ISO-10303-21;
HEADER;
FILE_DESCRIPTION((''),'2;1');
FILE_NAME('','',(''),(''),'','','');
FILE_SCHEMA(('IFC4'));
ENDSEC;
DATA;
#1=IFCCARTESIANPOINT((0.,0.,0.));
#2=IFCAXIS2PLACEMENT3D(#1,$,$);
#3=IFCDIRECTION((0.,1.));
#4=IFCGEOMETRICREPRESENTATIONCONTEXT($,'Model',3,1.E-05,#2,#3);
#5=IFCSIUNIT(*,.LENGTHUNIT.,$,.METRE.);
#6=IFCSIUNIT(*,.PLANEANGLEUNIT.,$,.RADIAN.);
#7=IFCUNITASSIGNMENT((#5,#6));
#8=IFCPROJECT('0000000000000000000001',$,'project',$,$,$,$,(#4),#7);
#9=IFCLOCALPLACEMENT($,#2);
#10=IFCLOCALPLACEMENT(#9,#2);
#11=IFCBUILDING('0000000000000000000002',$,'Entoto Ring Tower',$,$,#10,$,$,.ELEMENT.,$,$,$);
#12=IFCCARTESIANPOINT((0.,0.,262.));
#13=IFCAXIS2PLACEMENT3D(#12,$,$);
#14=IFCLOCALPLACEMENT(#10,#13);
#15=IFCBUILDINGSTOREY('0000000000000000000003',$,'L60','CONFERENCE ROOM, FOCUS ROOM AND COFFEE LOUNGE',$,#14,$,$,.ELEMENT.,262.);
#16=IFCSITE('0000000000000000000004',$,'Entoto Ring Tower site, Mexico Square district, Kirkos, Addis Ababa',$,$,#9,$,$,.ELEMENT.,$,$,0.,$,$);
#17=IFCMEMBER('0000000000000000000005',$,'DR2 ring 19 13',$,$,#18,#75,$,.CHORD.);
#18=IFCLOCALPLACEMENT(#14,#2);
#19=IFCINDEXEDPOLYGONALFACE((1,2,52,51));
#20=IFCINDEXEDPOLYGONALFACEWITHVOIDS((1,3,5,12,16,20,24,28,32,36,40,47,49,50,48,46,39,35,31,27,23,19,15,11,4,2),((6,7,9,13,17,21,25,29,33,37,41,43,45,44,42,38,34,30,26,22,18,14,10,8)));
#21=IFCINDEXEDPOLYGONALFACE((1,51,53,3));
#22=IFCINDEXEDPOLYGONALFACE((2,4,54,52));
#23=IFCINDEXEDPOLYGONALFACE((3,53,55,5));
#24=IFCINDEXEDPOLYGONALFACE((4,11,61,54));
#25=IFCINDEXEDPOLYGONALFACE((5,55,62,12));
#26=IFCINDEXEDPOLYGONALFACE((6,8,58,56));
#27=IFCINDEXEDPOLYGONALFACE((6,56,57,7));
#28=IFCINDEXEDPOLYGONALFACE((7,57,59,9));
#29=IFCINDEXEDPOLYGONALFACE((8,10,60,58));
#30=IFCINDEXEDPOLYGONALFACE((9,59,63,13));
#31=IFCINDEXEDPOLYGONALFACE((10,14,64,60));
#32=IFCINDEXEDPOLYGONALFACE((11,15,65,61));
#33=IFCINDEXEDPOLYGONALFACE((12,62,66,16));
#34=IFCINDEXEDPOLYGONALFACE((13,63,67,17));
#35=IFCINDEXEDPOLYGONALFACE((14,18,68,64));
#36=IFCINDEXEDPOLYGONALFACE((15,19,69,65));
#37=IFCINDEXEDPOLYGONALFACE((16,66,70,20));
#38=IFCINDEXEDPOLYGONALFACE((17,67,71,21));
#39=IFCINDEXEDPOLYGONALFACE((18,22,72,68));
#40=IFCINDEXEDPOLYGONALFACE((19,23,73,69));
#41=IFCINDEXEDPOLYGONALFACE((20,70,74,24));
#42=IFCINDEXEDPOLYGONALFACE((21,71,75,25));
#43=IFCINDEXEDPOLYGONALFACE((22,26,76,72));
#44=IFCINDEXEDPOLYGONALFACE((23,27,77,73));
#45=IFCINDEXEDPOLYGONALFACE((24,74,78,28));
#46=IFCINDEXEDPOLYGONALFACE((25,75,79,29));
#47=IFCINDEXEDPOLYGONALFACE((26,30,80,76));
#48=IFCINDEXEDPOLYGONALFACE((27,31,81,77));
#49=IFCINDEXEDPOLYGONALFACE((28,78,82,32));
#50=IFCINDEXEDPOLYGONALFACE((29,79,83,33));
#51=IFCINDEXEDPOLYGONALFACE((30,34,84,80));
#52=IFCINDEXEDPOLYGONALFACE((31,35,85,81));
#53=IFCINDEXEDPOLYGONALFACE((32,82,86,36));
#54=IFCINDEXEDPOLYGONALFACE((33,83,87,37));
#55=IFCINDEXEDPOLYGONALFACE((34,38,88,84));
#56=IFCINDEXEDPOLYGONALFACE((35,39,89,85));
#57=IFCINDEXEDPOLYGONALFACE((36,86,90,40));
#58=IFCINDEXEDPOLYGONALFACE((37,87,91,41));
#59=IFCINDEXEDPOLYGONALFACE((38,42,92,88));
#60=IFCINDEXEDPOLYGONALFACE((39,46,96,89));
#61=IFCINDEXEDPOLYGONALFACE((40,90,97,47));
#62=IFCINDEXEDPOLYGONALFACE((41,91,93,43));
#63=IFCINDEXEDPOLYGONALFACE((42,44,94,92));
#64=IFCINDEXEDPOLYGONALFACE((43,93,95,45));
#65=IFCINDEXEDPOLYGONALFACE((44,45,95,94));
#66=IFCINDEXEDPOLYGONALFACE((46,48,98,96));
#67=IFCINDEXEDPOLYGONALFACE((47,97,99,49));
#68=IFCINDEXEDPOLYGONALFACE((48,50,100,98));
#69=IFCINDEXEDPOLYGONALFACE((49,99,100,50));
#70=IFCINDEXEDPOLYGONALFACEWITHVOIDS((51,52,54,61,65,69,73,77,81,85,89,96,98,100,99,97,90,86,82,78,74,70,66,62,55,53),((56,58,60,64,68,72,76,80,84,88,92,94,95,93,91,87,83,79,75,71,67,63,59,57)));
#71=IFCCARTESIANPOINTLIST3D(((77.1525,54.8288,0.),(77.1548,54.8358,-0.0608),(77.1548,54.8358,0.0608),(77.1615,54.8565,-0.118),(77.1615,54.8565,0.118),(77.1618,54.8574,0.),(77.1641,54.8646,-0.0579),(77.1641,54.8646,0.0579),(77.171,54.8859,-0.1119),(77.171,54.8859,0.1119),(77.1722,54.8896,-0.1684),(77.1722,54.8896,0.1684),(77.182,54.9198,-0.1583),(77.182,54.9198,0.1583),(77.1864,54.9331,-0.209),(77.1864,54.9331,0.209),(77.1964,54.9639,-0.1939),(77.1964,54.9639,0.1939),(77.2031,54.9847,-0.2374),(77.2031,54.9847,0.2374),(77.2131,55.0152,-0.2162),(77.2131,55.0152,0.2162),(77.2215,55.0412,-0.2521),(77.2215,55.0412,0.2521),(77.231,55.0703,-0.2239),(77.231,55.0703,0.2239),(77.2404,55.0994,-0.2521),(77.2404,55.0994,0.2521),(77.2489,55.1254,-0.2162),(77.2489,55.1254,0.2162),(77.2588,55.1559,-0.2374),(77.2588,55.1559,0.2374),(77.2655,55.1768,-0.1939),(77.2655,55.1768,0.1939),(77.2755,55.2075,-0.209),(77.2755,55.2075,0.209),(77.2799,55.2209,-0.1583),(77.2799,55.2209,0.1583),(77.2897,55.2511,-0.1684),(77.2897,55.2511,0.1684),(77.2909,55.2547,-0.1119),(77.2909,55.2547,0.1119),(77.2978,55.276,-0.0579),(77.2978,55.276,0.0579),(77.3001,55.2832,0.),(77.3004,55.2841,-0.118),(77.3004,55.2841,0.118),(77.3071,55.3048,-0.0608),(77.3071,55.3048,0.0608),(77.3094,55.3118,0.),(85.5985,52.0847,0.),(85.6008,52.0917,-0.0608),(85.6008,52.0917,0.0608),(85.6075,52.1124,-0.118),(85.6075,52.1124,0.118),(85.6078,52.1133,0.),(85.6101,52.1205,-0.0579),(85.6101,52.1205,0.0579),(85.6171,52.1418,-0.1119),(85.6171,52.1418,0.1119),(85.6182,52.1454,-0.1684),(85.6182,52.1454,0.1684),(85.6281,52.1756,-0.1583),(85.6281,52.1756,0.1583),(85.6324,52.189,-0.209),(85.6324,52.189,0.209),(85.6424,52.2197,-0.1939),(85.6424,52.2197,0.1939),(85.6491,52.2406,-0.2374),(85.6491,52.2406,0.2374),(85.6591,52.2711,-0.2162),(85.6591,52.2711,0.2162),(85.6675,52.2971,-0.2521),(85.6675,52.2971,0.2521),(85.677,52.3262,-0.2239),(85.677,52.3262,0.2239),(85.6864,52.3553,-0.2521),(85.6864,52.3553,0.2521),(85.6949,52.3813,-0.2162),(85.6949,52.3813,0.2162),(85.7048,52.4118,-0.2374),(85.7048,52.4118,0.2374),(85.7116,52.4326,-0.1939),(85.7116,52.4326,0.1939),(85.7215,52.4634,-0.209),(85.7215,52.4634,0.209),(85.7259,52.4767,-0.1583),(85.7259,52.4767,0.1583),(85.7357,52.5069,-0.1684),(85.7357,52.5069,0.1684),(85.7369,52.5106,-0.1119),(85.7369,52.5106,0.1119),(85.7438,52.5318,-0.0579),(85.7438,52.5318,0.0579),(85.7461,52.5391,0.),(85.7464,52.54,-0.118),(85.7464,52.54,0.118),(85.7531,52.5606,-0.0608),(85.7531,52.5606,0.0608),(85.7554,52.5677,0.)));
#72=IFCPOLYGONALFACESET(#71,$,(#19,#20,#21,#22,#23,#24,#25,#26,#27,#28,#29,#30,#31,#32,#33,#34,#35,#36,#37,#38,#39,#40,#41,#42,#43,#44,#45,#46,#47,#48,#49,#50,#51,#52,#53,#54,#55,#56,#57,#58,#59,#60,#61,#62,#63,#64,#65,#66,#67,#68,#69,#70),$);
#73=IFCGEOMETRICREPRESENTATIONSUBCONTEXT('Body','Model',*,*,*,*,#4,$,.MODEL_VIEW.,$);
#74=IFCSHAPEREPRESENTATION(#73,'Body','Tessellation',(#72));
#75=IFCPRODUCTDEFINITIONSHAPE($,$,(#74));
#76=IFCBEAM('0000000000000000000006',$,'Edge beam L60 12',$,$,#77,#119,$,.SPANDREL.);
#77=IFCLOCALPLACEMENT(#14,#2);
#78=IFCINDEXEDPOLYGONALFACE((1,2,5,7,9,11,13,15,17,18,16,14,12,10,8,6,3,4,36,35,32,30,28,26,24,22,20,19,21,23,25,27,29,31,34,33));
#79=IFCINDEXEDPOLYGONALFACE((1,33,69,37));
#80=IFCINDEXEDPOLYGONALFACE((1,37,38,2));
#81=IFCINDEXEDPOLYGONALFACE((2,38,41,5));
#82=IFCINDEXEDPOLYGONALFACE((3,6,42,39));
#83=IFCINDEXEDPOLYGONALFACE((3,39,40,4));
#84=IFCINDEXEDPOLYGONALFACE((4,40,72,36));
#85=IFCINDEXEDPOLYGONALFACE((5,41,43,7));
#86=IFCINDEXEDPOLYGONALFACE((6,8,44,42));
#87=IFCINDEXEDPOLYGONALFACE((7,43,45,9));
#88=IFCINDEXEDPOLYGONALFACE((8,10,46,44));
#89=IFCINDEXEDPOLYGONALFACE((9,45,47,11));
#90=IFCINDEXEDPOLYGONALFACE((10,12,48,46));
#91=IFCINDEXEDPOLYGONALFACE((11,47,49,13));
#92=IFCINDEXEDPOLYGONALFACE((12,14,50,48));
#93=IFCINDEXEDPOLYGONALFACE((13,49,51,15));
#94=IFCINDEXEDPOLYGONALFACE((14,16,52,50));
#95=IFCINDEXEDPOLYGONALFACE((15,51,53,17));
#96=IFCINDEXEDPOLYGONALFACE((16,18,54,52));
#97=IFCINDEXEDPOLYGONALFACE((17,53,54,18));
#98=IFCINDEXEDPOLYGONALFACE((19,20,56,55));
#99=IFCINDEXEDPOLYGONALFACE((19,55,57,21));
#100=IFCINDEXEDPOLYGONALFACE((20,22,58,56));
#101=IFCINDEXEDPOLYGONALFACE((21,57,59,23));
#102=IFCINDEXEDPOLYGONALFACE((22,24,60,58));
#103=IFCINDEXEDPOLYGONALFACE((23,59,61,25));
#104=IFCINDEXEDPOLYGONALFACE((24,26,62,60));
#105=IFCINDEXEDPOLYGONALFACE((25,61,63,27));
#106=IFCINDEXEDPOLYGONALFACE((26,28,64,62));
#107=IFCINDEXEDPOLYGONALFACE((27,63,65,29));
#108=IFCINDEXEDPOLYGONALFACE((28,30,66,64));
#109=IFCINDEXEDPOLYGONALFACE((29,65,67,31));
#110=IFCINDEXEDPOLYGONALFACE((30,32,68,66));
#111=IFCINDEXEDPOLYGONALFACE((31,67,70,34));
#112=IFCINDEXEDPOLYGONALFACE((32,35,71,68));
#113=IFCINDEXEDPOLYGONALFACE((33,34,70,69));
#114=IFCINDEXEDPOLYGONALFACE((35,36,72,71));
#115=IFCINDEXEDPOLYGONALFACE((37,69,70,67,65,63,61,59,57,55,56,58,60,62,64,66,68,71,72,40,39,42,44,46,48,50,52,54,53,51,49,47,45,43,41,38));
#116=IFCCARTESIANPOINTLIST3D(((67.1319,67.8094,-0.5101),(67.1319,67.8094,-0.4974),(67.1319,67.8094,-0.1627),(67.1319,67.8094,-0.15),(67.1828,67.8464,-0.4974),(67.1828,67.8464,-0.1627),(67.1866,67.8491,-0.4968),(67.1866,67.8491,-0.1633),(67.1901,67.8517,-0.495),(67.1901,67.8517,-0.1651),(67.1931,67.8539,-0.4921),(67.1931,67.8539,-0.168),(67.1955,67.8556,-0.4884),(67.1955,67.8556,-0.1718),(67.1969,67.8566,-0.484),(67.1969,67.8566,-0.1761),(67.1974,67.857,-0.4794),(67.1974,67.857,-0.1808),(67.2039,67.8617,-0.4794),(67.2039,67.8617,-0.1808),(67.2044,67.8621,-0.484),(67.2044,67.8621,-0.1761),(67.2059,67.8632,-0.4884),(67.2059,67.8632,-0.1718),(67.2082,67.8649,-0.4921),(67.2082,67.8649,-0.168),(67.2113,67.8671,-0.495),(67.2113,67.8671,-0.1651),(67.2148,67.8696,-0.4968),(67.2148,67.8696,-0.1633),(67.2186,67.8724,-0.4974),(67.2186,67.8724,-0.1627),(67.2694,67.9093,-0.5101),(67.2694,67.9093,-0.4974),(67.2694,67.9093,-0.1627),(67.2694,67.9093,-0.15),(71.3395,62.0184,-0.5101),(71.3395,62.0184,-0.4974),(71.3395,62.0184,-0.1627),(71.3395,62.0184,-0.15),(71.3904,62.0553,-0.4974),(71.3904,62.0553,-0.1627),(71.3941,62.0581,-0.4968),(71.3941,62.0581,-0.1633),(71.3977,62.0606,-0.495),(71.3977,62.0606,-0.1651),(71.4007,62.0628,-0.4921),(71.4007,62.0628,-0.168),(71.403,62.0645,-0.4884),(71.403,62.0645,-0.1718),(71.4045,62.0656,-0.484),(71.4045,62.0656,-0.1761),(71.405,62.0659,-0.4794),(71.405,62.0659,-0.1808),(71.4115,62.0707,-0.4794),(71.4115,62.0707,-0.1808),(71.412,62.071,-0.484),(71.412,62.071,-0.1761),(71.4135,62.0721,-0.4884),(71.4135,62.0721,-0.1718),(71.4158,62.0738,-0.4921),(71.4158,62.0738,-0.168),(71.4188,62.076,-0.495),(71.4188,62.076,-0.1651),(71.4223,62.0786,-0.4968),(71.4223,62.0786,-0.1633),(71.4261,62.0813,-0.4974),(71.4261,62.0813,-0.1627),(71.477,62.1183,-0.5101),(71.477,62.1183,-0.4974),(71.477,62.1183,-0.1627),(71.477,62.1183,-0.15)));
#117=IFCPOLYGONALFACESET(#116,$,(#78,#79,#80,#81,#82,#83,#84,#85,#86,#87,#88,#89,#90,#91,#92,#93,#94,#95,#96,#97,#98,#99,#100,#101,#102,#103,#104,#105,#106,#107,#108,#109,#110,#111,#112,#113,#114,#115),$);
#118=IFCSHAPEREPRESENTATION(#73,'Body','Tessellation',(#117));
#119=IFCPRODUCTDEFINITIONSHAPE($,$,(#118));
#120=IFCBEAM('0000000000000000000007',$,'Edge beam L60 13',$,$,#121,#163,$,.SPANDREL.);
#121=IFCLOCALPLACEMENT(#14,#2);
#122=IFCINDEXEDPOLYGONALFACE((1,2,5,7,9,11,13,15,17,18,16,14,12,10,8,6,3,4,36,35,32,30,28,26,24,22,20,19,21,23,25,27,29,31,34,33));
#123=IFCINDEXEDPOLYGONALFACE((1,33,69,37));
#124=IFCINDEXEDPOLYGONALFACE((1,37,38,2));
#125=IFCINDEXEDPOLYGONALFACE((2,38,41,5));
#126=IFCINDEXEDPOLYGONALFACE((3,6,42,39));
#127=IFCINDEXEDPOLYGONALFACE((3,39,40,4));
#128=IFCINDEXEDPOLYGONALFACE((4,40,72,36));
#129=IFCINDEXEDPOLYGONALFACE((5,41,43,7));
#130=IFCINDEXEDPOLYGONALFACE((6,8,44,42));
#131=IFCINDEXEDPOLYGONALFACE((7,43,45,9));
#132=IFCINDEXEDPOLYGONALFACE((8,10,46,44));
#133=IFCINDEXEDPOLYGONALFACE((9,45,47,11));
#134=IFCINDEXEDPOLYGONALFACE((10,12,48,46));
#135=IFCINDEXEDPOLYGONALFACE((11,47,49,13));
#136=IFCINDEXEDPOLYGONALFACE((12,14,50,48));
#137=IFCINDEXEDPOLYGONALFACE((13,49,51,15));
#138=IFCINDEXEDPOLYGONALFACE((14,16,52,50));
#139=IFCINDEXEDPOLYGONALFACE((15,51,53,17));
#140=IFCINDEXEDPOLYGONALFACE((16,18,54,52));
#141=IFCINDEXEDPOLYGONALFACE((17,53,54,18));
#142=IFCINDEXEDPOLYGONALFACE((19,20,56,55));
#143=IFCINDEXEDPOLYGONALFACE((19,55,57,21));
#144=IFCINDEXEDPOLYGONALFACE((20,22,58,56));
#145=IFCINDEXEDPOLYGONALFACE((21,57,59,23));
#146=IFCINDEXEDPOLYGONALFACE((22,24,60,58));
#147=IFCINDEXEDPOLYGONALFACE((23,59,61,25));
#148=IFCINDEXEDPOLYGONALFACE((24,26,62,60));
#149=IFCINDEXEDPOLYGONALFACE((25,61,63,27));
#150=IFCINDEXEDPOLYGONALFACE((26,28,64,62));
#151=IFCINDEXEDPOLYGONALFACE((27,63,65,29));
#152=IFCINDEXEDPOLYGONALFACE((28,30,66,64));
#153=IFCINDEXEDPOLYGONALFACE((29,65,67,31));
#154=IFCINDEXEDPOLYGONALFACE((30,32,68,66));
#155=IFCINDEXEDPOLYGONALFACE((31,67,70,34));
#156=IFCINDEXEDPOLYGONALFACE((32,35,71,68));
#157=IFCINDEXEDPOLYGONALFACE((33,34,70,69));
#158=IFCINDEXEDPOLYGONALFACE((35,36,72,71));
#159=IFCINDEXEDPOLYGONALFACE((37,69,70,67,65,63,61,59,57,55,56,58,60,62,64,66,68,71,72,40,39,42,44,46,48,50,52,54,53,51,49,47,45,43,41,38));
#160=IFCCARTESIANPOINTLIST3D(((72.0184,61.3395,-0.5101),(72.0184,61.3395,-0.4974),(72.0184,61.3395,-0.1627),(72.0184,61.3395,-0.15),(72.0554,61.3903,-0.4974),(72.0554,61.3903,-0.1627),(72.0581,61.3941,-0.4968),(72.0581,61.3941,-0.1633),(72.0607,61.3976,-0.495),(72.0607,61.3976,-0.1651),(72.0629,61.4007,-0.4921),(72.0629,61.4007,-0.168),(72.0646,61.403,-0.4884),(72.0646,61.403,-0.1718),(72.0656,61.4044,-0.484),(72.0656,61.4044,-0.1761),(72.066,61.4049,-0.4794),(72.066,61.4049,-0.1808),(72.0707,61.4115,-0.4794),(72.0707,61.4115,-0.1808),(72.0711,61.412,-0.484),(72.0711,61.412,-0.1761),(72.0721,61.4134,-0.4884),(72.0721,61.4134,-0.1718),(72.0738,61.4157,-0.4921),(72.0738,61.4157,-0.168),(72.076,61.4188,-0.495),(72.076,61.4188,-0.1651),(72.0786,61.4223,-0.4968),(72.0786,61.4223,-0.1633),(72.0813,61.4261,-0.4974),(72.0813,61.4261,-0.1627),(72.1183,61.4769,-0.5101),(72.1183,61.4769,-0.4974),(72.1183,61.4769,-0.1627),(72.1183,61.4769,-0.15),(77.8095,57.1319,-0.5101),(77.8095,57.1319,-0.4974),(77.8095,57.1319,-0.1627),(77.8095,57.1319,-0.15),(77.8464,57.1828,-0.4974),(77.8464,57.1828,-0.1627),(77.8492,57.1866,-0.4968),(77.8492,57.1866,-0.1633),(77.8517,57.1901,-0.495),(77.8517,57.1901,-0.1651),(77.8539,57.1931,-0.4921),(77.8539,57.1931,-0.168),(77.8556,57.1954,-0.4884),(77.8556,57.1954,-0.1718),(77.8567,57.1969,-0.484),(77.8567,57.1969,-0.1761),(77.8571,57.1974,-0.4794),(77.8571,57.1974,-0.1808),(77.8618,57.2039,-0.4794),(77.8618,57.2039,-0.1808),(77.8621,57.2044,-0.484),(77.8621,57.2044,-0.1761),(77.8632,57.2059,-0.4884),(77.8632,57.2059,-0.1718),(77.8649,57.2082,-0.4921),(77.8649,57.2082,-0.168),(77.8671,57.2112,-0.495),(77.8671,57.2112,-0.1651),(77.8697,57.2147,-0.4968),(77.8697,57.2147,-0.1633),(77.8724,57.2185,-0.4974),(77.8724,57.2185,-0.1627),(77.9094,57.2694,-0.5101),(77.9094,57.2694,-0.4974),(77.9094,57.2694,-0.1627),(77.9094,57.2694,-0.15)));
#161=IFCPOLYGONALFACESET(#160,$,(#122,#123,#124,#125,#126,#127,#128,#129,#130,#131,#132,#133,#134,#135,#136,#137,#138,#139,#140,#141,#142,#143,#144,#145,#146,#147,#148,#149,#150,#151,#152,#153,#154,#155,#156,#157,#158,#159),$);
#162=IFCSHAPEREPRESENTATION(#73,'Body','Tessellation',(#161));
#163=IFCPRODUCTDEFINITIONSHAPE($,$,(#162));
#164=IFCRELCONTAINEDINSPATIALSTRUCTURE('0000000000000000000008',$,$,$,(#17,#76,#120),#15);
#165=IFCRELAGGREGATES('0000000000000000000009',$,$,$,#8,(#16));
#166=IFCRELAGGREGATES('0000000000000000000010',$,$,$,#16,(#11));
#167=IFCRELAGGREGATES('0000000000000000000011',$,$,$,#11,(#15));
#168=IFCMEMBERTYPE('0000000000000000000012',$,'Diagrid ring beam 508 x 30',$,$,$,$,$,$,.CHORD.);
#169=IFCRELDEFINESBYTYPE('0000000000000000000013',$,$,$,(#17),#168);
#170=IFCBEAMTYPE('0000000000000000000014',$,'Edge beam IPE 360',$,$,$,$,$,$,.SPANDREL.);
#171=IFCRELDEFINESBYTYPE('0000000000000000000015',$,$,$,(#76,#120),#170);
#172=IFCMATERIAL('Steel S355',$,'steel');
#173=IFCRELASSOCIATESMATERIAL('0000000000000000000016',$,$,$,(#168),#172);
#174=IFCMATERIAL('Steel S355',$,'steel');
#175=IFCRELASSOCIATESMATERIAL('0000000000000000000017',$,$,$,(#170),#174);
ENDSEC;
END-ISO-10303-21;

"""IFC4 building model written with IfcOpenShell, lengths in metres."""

from ifc_helpers import new_model, si_unit, direction, frame, origin, origin_2d, place, context, subcontext, project, spatial, circle, hollow_circle, i_section, extrude, material, material_profile, profile_set, type_object, element, save


model = new_model("IFC4")

# Units and contexts
model_context = context("Model", 3, precision=1e-05, world=origin(), true_north=direction((0.0, 1.0)))
body_context = subcontext(model_context, "Body", "Model", "MODEL_VIEW")
ifc_project = project(units=[si_unit("LENGTHUNIT", "METRE"), si_unit("PLANEANGLEUNIT", "RADIAN")], contexts=[model_context])

# Site, building, storey
site_placement = place(None, origin())
site = spatial("IfcSite", under=ifc_project, at=site_placement, Name="Entoto Ring Tower site, Mexico Square district, Kirkos, Addis Ababa", CompositionType="ELEMENT", RefElevation=0.0)
building_placement = place(site_placement, origin())
building = spatial("IfcBuilding", under=site, at=building_placement, Name="Entoto Ring Tower", CompositionType="ELEMENT")
storey_placement = place(building_placement, frame((0.0, 0.0, 262.0)))
storey = spatial("IfcBuildingStorey", under=building, at=storey_placement, Name="L60", Description="CONFERENCE ROOM, FOCUS ROOM AND COFFEE LOUNGE", CompositionType="ELEMENT", Elevation=262.0)

# Member
ifc_material_1 = material(Name="Steel S355", Category="steel")
ifc_material_profile_1 = material_profile(ifc_material_1, hollow_circle(Radius=0.2539, WallThickness=0.03, at=origin_2d()), Name="CHS 508 x 30")
ifc_material_2 = material(Name="Concrete C60/75", Category="concrete")
ifc_material_profile_2 = material_profile(ifc_material_2, circle(Radius=0.2241, at=origin_2d()), Name="Concrete C60/75 infill")
ifc_profile_set_1 = profile_set([ifc_material_profile_1, ifc_material_profile_2], Name="Steel S355")
member_type_1 = type_object("IfcMemberType", Name="Diagrid ring beam 508 x 30", PredefinedType="CHORD", material=ifc_profile_set_1)
for number, where, z_axis, x_axis, name in (
    (1, (77.231, 55.0703, 0.0), (0.951061, -0.309002, 0.0), (0.309002, 0.951061, 0.0), "DR2 ring 19 13"),
):
    element("IfcMember", number, at=place(storey_placement, frame(where, z_axis=z_axis, x_axis=x_axis)), inside=storey, type_object=member_type_1, Name=name, PredefinedType="CHORD", context=body_context, shape_type="SweptSolid", body=[
        extrude(hollow_circle(Radius=0.2539, WallThickness=0.03, at=origin_2d()), origin(), (0.0, 0.0, 1.0), 8.8806),
    ])

# Beams
ifc_material_3 = material(Name="Steel S355", Category="steel")
ifc_material_profile_3 = material_profile(ifc_material_3, i_section(OverallWidth=0.1699, OverallDepth=0.3601, WebThickness=0.0081, FlangeThickness=0.0127, FilletRadius=0.0181, at=origin_2d()), Name="IPE 360")
ifc_profile_set_2 = profile_set([ifc_material_profile_3], Name="Steel S355")
beam_type_1 = type_object("IfcBeamType", Name="Edge beam IPE 360", PredefinedType="SPANDREL", material=ifc_profile_set_2)
for number, where, z_axis, x_axis, name in (
    (2, (67.2007, 67.8594, -0.3301), (0.587794, -0.80901, 0.0), (0.80901, 0.587794, 0.0), "Edge beam L60 12"),
    (3, (72.0684, 61.4082, -0.3301), (0.80901, -0.587794, 0.0), (0.587794, 0.80901, 0.0), "Edge beam L60 13"),
):
    element("IfcBeam", number, at=place(storey_placement, frame(where, z_axis=z_axis, x_axis=x_axis)), inside=storey, type_object=beam_type_1, Name=name, PredefinedType="SPANDREL", context=body_context, shape_type="SweptSolid", body=[
        extrude(i_section(OverallWidth=0.1699, OverallDepth=0.3601, WebThickness=0.0081, FlangeThickness=0.0127, FilletRadius=0.0181, at=origin_2d()), origin(), (0.0, 0.0, 1.0), 7.1582),
    ])

save(model, "model.ifc")
